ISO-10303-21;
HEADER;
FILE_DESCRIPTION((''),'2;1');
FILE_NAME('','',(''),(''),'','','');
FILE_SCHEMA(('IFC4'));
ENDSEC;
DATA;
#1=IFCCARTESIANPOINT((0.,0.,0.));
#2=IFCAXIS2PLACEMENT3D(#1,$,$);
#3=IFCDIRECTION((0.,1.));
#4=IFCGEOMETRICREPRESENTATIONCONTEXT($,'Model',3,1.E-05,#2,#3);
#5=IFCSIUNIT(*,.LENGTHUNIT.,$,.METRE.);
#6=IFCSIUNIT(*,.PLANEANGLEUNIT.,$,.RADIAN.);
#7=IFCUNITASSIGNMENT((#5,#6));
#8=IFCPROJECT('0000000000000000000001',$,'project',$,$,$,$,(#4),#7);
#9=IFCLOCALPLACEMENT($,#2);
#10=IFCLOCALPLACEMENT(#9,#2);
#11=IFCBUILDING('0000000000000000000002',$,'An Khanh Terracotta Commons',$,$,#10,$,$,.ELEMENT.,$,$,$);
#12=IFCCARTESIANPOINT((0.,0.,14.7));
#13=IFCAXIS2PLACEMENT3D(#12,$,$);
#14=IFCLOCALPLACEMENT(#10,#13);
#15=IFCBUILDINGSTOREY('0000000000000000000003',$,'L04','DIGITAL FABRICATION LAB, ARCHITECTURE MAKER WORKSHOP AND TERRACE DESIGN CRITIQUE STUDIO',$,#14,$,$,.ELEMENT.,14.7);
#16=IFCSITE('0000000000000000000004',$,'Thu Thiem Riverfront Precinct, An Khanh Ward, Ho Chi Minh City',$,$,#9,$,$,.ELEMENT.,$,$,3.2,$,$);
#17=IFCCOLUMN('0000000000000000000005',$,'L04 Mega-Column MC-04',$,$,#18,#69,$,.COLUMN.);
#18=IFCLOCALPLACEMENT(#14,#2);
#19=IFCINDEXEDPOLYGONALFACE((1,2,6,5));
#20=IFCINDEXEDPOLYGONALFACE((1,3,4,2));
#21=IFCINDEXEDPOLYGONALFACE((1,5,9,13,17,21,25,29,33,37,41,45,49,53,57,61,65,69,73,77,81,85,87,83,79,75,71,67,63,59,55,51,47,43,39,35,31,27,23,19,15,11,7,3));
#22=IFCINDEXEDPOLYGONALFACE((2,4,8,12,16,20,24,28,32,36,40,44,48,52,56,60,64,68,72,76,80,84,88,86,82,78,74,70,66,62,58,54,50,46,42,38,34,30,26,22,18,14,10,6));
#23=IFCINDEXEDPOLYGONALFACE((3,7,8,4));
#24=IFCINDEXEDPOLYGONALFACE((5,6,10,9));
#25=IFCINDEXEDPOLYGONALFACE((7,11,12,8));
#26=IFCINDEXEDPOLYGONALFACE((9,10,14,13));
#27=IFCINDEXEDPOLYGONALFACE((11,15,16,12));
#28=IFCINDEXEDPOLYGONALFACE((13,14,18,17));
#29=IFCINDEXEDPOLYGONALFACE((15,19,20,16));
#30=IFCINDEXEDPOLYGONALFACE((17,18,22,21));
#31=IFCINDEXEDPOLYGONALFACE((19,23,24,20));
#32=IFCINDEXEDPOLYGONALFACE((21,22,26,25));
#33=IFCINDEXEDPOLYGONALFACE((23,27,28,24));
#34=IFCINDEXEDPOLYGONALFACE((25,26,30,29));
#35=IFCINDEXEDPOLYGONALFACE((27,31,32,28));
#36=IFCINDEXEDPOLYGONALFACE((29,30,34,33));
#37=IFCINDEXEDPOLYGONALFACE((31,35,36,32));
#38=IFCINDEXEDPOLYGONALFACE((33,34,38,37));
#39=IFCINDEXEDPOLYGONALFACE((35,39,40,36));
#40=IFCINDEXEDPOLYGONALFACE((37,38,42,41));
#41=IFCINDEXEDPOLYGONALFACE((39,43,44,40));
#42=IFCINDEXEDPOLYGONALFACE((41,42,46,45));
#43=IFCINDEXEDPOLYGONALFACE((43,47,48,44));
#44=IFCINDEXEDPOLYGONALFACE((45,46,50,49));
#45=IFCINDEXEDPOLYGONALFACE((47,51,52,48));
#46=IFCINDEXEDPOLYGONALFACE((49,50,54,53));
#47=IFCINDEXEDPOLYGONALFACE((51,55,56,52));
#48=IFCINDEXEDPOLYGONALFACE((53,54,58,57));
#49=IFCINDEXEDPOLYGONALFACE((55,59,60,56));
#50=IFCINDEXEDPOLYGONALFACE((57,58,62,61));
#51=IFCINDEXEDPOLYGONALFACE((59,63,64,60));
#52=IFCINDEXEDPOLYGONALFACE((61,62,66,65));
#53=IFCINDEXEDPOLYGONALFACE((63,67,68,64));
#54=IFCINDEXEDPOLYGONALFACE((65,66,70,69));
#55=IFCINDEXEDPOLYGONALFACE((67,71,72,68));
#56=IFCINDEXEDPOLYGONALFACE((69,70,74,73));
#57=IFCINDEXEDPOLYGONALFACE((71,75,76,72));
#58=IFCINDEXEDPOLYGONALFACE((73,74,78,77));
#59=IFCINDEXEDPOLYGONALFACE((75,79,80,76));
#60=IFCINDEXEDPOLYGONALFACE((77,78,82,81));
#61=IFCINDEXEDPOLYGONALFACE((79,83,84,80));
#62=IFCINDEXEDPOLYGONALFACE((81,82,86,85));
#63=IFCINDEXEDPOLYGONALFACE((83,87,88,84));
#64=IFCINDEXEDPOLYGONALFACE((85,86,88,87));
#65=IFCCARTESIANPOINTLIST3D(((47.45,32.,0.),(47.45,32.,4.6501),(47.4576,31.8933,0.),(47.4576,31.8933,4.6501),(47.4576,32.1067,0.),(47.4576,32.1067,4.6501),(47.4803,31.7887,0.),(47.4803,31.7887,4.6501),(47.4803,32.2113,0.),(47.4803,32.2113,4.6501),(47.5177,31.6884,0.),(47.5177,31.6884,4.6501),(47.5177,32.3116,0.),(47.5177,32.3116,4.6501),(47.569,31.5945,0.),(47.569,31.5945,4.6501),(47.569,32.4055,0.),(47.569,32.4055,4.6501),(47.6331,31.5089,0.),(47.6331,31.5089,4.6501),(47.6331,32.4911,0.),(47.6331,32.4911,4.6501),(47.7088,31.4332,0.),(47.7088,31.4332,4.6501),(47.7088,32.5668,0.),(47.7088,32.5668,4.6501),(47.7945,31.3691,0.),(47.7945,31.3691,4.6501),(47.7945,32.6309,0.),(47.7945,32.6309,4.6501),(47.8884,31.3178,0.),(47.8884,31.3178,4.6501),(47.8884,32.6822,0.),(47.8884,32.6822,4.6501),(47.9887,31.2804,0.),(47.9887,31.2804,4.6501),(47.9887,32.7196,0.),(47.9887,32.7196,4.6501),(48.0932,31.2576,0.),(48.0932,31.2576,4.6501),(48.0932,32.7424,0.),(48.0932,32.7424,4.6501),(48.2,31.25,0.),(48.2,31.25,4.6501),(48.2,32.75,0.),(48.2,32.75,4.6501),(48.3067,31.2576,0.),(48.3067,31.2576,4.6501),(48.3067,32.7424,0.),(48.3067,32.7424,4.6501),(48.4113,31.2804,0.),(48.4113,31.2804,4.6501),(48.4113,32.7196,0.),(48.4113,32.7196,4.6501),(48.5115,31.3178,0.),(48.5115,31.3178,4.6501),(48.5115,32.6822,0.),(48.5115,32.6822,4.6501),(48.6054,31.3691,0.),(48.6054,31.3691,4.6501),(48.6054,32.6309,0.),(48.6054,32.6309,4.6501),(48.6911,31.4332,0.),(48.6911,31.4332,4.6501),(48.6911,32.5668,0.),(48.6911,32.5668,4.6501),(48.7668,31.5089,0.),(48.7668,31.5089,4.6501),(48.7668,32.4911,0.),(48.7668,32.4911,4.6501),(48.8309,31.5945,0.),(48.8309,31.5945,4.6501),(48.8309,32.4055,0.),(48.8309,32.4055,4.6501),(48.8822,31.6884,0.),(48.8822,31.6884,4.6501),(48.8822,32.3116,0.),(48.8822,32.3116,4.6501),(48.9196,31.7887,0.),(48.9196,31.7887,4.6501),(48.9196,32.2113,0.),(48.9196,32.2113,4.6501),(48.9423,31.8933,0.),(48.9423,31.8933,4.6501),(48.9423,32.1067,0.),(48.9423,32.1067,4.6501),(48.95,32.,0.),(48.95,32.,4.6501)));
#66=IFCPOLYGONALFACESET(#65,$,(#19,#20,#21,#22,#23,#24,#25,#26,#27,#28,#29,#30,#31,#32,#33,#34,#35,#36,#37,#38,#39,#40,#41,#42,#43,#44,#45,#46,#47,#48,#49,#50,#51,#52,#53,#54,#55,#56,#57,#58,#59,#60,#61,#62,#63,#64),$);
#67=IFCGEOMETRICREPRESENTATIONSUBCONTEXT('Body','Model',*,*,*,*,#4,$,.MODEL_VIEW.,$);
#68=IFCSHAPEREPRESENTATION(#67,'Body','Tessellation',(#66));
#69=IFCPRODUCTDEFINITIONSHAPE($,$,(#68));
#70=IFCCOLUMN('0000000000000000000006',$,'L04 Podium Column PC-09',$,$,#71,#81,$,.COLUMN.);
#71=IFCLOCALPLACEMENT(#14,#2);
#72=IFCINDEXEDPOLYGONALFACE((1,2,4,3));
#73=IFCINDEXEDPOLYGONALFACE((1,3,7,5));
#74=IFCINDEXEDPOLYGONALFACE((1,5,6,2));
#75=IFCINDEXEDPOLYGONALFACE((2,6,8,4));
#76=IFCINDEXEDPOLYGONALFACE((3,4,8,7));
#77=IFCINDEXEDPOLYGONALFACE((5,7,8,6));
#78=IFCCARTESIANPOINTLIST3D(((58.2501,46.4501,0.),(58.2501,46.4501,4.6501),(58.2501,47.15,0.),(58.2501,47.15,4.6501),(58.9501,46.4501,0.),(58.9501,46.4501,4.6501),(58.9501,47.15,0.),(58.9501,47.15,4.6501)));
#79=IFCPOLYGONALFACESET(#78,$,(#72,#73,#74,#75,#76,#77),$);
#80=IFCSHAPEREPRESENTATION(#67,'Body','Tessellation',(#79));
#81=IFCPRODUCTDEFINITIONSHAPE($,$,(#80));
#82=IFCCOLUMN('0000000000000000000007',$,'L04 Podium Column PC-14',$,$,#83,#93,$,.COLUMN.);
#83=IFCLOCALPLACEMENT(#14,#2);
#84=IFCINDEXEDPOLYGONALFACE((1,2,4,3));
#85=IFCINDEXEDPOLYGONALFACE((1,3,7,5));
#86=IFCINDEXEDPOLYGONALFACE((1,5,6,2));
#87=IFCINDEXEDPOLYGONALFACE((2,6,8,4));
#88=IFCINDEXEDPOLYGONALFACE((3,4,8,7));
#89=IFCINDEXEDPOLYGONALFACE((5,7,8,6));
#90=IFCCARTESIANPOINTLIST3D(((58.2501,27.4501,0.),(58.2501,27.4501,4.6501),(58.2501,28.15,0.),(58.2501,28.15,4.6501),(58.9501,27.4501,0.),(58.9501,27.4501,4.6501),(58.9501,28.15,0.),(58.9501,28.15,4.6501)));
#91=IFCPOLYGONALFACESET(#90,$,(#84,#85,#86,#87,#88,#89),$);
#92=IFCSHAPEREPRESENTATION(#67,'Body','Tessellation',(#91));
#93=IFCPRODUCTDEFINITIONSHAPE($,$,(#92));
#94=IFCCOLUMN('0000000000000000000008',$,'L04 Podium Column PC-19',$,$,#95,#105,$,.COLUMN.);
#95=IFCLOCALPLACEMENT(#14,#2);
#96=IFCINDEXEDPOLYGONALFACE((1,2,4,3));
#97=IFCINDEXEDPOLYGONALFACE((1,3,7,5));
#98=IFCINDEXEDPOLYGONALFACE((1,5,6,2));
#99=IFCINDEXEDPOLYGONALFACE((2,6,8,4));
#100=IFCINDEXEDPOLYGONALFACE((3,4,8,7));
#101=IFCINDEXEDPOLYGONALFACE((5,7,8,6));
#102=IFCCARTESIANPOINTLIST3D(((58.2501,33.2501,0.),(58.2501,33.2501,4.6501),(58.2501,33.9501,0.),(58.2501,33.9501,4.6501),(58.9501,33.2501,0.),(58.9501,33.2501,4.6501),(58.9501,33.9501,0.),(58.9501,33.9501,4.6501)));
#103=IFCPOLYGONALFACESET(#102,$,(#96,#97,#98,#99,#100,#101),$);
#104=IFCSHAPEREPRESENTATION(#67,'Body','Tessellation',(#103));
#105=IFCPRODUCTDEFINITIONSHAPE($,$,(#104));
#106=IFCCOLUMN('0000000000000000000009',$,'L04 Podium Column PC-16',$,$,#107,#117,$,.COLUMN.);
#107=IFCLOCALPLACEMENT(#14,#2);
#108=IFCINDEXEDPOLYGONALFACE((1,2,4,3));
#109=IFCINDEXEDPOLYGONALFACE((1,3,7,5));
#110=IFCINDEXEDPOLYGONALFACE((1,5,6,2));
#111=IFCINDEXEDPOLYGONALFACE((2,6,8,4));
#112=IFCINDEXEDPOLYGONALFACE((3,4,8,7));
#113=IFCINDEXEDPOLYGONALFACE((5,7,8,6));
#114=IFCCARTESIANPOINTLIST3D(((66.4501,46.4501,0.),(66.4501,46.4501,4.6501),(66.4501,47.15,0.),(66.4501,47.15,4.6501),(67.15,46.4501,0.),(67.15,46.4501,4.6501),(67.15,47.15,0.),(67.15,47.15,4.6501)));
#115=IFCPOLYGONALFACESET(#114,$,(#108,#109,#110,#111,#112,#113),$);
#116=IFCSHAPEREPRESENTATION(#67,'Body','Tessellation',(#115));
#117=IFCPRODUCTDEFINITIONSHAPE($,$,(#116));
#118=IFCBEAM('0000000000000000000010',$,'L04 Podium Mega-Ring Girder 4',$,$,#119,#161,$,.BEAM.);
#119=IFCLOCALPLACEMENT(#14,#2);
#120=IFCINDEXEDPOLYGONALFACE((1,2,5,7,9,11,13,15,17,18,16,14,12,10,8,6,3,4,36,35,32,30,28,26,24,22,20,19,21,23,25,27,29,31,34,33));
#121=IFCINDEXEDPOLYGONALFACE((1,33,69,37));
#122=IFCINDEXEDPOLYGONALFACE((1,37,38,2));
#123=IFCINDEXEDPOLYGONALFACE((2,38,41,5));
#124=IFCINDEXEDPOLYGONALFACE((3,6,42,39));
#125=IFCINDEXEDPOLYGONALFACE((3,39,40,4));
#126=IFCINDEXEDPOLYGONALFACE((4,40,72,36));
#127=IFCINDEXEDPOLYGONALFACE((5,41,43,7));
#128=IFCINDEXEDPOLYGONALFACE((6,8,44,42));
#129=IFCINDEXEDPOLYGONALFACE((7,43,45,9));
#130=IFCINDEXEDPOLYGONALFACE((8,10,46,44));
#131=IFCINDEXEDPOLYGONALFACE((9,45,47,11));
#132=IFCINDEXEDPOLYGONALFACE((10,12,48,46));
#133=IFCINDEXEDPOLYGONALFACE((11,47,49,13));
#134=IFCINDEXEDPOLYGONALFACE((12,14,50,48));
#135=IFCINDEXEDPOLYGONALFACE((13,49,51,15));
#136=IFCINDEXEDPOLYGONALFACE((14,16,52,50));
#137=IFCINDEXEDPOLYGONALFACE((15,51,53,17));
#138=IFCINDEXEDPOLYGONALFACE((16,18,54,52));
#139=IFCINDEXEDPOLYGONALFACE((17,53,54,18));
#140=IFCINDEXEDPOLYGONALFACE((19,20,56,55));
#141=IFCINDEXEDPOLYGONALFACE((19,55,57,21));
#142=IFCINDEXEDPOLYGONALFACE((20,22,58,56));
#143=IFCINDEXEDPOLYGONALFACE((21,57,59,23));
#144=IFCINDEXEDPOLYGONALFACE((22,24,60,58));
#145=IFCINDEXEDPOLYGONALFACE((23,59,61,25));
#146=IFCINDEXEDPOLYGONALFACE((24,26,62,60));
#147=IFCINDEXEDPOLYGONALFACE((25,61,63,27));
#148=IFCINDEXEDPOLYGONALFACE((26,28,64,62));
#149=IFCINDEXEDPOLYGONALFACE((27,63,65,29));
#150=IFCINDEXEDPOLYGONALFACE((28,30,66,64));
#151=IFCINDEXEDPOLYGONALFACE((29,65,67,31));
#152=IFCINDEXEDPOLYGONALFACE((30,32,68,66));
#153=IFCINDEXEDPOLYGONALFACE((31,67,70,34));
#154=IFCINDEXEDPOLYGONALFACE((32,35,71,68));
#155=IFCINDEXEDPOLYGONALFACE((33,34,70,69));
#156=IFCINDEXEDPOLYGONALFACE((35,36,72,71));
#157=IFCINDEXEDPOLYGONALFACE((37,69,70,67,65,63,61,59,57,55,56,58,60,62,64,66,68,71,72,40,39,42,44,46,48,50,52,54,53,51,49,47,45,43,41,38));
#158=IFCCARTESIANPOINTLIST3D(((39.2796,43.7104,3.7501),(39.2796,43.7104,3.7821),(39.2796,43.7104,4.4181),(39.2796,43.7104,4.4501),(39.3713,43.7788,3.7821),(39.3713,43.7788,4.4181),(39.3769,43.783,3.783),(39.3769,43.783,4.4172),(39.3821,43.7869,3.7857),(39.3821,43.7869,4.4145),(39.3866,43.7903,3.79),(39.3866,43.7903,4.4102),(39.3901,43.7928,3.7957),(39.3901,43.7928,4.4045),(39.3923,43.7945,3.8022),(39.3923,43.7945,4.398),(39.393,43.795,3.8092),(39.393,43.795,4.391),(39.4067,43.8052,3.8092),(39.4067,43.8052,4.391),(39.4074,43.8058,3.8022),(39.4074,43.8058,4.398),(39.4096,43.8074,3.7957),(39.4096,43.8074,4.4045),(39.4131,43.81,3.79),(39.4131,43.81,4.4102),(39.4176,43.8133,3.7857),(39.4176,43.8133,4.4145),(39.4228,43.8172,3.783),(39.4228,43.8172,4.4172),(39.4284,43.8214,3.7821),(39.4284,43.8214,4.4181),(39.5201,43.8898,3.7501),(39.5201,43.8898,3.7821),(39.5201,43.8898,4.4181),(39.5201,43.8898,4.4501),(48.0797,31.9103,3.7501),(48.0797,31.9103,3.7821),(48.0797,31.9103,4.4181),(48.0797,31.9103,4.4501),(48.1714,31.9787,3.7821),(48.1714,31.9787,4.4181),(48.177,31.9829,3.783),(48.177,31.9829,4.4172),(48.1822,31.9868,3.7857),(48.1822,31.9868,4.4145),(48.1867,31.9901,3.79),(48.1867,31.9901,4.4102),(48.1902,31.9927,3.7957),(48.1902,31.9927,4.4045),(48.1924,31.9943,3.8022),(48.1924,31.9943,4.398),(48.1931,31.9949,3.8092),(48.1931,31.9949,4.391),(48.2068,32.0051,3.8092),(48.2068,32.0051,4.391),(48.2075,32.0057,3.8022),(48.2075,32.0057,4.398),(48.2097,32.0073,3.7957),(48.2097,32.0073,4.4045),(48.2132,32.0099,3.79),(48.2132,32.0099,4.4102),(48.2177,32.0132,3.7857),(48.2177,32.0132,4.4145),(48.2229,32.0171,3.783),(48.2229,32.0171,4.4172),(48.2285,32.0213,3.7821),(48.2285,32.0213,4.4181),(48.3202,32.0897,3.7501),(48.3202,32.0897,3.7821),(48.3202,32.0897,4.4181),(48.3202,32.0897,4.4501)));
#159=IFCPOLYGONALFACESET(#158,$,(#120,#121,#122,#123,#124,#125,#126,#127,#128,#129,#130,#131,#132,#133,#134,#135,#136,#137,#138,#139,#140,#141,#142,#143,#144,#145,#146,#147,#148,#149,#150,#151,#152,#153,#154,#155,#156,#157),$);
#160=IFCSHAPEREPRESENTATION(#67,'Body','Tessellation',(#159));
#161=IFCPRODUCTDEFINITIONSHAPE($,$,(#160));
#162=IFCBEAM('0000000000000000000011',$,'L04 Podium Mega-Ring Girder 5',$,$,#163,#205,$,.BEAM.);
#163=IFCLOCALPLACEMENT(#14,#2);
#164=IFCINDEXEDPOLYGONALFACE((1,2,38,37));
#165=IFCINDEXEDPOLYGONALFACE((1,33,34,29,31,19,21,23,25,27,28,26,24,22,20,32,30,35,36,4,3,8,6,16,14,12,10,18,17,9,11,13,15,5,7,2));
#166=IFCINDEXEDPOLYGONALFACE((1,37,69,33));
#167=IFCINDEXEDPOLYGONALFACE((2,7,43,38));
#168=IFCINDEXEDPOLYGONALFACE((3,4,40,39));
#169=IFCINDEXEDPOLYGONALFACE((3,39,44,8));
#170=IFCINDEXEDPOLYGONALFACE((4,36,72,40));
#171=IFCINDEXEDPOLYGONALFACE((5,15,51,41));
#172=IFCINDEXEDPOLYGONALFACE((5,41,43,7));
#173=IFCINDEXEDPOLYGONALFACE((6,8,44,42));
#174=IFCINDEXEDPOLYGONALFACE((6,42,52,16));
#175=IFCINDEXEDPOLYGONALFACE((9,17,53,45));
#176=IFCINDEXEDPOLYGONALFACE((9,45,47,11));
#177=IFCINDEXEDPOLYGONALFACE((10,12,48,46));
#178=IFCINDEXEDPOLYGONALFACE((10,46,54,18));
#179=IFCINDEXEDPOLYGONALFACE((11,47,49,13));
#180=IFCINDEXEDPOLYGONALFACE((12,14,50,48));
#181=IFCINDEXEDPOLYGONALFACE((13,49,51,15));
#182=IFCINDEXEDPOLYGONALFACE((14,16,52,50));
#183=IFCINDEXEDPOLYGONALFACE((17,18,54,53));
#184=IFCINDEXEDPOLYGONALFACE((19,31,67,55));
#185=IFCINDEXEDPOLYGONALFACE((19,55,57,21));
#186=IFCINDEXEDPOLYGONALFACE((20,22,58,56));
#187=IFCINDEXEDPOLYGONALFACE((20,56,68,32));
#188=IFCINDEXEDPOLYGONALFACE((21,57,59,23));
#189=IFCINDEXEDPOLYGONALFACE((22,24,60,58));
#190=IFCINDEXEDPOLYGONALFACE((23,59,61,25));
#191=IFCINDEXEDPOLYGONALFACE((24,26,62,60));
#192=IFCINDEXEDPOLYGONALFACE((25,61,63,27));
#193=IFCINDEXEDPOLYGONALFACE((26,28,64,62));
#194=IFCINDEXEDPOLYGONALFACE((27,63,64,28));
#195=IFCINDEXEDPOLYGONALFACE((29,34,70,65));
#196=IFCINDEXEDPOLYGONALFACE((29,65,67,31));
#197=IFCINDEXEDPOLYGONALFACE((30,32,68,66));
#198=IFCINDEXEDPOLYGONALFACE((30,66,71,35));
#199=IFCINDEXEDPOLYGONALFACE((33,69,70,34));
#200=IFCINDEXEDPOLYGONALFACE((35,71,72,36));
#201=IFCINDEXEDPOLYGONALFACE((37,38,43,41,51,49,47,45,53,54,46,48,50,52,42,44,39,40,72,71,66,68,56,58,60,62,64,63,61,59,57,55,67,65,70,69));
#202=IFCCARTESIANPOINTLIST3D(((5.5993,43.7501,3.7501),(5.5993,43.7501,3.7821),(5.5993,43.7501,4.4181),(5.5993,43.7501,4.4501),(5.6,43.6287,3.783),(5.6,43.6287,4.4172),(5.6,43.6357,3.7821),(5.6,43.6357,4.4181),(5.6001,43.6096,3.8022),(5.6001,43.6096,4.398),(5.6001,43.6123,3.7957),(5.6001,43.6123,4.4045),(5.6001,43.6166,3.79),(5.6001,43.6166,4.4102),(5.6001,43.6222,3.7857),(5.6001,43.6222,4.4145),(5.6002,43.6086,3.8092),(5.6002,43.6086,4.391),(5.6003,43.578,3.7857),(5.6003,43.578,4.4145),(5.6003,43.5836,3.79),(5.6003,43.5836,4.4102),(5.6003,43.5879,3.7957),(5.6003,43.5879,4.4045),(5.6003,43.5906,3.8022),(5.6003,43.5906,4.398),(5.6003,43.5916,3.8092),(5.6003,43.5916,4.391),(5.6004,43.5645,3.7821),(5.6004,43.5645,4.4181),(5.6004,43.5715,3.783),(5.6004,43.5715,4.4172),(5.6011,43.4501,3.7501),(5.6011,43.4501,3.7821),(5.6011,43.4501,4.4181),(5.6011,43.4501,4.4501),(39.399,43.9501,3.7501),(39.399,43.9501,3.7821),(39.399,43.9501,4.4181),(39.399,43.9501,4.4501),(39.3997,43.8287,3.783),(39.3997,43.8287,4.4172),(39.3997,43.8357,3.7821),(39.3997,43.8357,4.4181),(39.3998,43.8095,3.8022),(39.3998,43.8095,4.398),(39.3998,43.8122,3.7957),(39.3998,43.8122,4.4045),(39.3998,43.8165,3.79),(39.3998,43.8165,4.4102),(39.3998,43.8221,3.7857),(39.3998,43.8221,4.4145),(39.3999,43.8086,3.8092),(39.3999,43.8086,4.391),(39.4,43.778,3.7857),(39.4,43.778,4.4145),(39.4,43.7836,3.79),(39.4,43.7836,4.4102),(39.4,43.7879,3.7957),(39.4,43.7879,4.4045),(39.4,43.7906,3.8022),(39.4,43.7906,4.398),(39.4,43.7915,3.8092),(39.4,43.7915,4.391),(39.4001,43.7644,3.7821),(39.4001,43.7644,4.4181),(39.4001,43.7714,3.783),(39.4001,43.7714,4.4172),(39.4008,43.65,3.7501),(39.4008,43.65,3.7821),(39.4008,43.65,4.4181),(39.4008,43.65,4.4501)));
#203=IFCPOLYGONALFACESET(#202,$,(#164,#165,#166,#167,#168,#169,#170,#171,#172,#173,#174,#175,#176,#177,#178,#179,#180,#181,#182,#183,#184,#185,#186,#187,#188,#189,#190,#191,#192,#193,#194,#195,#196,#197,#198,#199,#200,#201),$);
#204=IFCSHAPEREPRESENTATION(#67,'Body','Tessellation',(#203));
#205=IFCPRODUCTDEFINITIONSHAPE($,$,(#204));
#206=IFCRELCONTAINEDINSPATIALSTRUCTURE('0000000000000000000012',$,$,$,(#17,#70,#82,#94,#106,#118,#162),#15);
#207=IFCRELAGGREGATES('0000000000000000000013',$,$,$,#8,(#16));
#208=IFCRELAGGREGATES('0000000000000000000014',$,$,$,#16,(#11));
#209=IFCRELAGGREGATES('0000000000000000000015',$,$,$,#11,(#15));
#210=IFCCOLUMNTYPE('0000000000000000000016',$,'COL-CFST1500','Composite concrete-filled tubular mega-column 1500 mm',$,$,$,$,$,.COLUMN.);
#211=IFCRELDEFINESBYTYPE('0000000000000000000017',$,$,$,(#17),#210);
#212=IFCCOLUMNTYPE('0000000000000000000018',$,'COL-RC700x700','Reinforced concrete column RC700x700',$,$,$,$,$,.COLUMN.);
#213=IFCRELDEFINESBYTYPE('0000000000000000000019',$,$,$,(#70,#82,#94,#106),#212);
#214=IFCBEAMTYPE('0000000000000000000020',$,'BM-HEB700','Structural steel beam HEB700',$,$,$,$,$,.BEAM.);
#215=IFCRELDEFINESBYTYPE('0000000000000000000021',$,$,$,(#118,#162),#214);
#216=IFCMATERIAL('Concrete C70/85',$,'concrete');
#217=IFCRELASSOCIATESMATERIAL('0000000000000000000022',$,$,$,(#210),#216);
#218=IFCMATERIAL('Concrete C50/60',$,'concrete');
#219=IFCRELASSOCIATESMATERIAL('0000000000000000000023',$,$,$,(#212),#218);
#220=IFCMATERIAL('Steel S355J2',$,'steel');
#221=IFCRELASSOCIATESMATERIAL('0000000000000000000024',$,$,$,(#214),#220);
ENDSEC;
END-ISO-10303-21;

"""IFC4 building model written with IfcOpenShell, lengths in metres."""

from ifc_helpers import new_model, si_unit, direction, frame, origin, origin_2d, place, context, subcontext, project, spatial, rectangle, circle, i_section, extrude, material, material_profile, profile_set, type_object, element, save


model = new_model("IFC4")

# Units and contexts
model_context = context("Model", 3, precision=1e-05, world=origin(), true_north=direction((0.0, 1.0)))
body_context = subcontext(model_context, "Body", "Model", "MODEL_VIEW")
ifc_project = project(units=[si_unit("LENGTHUNIT", "METRE"), si_unit("PLANEANGLEUNIT", "RADIAN")], contexts=[model_context])

# Site, building, storey
site_placement = place(None, origin())
site = spatial("IfcSite", under=ifc_project, at=site_placement, Name="Thu Thiem Riverfront Precinct, An Khanh Ward, Ho Chi Minh City", CompositionType="ELEMENT", RefElevation=3.2)
building_placement = place(site_placement, origin())
building = spatial("IfcBuilding", under=site, at=building_placement, Name="An Khanh Terracotta Commons", CompositionType="ELEMENT")
storey_placement = place(building_placement, frame((0.0, 0.0, 14.7)))
storey = spatial("IfcBuildingStorey", under=building, at=storey_placement, Name="L04", Description="DIGITAL FABRICATION LAB, ARCHITECTURE MAKER WORKSHOP AND TERRACE DESIGN CRITIQUE STUDIO", CompositionType="ELEMENT", Elevation=14.7)

# Columns
ifc_material_1 = material(Name="Concrete C70/85", Category="concrete")
ifc_material_profile_1 = material_profile(ifc_material_1, circle(Radius=0.75, at=origin_2d()), Name="CFST1500")
ifc_profile_set_1 = profile_set([ifc_material_profile_1], Name="Concrete C70/85")
column_type_1 = type_object("IfcColumnType", Name="COL-CFST1500", Description="Composite concrete-filled tubular mega-column 1500 mm", PredefinedType="COLUMN", material=ifc_profile_set_1)
column_placement = place(storey_placement, frame((48.2, 32.0, 0.0), z_axis=(0.0, 0.0, 1.0), x_axis=(1.0, 0.0, 0.0)))
element("IfcColumn", 1, at=column_placement, inside=storey, type_object=column_type_1, Name="L04 Mega-Column MC-04", PredefinedType="COLUMN", context=body_context, shape_type="SweptSolid", body=[
    extrude(circle(Radius=0.75, at=origin_2d()), origin(), (0.0, 0.0, 1.0), 4.6501),
])
ifc_material_2 = material(Name="Concrete C50/60", Category="concrete")
ifc_material_profile_2 = material_profile(ifc_material_2, rectangle(XDim=0.7, YDim=0.7, at=origin_2d()), Name="RC700x700")
ifc_profile_set_2 = profile_set([ifc_material_profile_2], Name="Concrete C50/60")
column_type_2 = type_object("IfcColumnType", Name="COL-RC700x700", Description="Reinforced concrete column RC700x700", PredefinedType="COLUMN", material=ifc_profile_set_2)
for number, where, z_axis, x_axis, name in (
    (2, (58.6001, 46.8, 0.0), (0.0, 0.0, 1.0), (1.0, 0.0, 0.0), "L04 Podium Column PC-09"),
    (3, (58.6001, 27.8, 0.0), (0.0, 0.0, 1.0), (1.0, 0.0, 0.0), "L04 Podium Column PC-14"),
    (4, (58.6001, 33.6001, 0.0), (0.0, 0.0, 1.0), (1.0, 0.0, 0.0), "L04 Podium Column PC-19"),
    (5, (66.8, 46.8, 0.0), (0.0, 0.0, 1.0), (1.0, 0.0, 0.0), "L04 Podium Column PC-16"),
):
    element("IfcColumn", number, at=place(storey_placement, frame(where, z_axis=z_axis, x_axis=x_axis)), inside=storey, type_object=column_type_2, Name=name, PredefinedType="COLUMN", context=body_context, shape_type="SweptSolid", body=[
        extrude(rectangle(XDim=0.7, YDim=0.7, at=origin_2d()), origin(), (0.0, 0.0, 1.0), 4.6501),
    ])

# Beams
ifc_material_3 = material(Name="Steel S355J2", Category="steel")
ifc_material_profile_3 = material_profile(ifc_material_3, i_section(OverallWidth=0.3, OverallDepth=0.7, WebThickness=0.0171, FlangeThickness=0.032, FilletRadius=0.0271, at=origin_2d()), Name="HEB700")
ifc_profile_set_3 = profile_set([ifc_material_profile_3], Name="Steel S355J2")
beam_type_1 = type_object("IfcBeamType", Name="BM-HEB700", Description="Structural steel beam HEB700", PredefinedType="BEAM", material=ifc_profile_set_3)
beam_1_placement = place(storey_placement, frame((48.2, 32.0, 4.1001), z_axis=(-0.597824, 0.801627, 0.0), x_axis=(-0.801627, -0.597824, 0.0)))
element("IfcBeam", 6, at=beam_1_placement, inside=storey, type_object=beam_type_1, Name="L04 Podium Mega-Ring Girder 4", PredefinedType="BEAM", context=body_context, shape_type="SweptSolid", body=[
    extrude(i_section(OverallWidth=0.3, OverallDepth=0.7, WebThickness=0.0171, FlangeThickness=0.032, FilletRadius=0.0271, at=origin_2d()), origin(), (0.0, 0.0, 1.0), 14.7202),
])
beam_2_placement = place(storey_placement, frame((39.3999, 43.8, 4.1001), z_axis=(-0.999983, -0.005916, 0.0), x_axis=(0.005916, -0.999983, 0.0)))
element("IfcBeam", 7, at=beam_2_placement, inside=storey, type_object=beam_type_1, Name="L04 Podium Mega-Ring Girder 5", PredefinedType="BEAM", context=body_context, shape_type="SweptSolid", body=[
    extrude(i_section(OverallWidth=0.3, OverallDepth=0.7, WebThickness=0.0171, FlangeThickness=0.032, FilletRadius=0.0271, at=origin_2d()), origin(), (0.0, 0.0, 1.0), 33.8003),
])

save(model, "model.ifc")
